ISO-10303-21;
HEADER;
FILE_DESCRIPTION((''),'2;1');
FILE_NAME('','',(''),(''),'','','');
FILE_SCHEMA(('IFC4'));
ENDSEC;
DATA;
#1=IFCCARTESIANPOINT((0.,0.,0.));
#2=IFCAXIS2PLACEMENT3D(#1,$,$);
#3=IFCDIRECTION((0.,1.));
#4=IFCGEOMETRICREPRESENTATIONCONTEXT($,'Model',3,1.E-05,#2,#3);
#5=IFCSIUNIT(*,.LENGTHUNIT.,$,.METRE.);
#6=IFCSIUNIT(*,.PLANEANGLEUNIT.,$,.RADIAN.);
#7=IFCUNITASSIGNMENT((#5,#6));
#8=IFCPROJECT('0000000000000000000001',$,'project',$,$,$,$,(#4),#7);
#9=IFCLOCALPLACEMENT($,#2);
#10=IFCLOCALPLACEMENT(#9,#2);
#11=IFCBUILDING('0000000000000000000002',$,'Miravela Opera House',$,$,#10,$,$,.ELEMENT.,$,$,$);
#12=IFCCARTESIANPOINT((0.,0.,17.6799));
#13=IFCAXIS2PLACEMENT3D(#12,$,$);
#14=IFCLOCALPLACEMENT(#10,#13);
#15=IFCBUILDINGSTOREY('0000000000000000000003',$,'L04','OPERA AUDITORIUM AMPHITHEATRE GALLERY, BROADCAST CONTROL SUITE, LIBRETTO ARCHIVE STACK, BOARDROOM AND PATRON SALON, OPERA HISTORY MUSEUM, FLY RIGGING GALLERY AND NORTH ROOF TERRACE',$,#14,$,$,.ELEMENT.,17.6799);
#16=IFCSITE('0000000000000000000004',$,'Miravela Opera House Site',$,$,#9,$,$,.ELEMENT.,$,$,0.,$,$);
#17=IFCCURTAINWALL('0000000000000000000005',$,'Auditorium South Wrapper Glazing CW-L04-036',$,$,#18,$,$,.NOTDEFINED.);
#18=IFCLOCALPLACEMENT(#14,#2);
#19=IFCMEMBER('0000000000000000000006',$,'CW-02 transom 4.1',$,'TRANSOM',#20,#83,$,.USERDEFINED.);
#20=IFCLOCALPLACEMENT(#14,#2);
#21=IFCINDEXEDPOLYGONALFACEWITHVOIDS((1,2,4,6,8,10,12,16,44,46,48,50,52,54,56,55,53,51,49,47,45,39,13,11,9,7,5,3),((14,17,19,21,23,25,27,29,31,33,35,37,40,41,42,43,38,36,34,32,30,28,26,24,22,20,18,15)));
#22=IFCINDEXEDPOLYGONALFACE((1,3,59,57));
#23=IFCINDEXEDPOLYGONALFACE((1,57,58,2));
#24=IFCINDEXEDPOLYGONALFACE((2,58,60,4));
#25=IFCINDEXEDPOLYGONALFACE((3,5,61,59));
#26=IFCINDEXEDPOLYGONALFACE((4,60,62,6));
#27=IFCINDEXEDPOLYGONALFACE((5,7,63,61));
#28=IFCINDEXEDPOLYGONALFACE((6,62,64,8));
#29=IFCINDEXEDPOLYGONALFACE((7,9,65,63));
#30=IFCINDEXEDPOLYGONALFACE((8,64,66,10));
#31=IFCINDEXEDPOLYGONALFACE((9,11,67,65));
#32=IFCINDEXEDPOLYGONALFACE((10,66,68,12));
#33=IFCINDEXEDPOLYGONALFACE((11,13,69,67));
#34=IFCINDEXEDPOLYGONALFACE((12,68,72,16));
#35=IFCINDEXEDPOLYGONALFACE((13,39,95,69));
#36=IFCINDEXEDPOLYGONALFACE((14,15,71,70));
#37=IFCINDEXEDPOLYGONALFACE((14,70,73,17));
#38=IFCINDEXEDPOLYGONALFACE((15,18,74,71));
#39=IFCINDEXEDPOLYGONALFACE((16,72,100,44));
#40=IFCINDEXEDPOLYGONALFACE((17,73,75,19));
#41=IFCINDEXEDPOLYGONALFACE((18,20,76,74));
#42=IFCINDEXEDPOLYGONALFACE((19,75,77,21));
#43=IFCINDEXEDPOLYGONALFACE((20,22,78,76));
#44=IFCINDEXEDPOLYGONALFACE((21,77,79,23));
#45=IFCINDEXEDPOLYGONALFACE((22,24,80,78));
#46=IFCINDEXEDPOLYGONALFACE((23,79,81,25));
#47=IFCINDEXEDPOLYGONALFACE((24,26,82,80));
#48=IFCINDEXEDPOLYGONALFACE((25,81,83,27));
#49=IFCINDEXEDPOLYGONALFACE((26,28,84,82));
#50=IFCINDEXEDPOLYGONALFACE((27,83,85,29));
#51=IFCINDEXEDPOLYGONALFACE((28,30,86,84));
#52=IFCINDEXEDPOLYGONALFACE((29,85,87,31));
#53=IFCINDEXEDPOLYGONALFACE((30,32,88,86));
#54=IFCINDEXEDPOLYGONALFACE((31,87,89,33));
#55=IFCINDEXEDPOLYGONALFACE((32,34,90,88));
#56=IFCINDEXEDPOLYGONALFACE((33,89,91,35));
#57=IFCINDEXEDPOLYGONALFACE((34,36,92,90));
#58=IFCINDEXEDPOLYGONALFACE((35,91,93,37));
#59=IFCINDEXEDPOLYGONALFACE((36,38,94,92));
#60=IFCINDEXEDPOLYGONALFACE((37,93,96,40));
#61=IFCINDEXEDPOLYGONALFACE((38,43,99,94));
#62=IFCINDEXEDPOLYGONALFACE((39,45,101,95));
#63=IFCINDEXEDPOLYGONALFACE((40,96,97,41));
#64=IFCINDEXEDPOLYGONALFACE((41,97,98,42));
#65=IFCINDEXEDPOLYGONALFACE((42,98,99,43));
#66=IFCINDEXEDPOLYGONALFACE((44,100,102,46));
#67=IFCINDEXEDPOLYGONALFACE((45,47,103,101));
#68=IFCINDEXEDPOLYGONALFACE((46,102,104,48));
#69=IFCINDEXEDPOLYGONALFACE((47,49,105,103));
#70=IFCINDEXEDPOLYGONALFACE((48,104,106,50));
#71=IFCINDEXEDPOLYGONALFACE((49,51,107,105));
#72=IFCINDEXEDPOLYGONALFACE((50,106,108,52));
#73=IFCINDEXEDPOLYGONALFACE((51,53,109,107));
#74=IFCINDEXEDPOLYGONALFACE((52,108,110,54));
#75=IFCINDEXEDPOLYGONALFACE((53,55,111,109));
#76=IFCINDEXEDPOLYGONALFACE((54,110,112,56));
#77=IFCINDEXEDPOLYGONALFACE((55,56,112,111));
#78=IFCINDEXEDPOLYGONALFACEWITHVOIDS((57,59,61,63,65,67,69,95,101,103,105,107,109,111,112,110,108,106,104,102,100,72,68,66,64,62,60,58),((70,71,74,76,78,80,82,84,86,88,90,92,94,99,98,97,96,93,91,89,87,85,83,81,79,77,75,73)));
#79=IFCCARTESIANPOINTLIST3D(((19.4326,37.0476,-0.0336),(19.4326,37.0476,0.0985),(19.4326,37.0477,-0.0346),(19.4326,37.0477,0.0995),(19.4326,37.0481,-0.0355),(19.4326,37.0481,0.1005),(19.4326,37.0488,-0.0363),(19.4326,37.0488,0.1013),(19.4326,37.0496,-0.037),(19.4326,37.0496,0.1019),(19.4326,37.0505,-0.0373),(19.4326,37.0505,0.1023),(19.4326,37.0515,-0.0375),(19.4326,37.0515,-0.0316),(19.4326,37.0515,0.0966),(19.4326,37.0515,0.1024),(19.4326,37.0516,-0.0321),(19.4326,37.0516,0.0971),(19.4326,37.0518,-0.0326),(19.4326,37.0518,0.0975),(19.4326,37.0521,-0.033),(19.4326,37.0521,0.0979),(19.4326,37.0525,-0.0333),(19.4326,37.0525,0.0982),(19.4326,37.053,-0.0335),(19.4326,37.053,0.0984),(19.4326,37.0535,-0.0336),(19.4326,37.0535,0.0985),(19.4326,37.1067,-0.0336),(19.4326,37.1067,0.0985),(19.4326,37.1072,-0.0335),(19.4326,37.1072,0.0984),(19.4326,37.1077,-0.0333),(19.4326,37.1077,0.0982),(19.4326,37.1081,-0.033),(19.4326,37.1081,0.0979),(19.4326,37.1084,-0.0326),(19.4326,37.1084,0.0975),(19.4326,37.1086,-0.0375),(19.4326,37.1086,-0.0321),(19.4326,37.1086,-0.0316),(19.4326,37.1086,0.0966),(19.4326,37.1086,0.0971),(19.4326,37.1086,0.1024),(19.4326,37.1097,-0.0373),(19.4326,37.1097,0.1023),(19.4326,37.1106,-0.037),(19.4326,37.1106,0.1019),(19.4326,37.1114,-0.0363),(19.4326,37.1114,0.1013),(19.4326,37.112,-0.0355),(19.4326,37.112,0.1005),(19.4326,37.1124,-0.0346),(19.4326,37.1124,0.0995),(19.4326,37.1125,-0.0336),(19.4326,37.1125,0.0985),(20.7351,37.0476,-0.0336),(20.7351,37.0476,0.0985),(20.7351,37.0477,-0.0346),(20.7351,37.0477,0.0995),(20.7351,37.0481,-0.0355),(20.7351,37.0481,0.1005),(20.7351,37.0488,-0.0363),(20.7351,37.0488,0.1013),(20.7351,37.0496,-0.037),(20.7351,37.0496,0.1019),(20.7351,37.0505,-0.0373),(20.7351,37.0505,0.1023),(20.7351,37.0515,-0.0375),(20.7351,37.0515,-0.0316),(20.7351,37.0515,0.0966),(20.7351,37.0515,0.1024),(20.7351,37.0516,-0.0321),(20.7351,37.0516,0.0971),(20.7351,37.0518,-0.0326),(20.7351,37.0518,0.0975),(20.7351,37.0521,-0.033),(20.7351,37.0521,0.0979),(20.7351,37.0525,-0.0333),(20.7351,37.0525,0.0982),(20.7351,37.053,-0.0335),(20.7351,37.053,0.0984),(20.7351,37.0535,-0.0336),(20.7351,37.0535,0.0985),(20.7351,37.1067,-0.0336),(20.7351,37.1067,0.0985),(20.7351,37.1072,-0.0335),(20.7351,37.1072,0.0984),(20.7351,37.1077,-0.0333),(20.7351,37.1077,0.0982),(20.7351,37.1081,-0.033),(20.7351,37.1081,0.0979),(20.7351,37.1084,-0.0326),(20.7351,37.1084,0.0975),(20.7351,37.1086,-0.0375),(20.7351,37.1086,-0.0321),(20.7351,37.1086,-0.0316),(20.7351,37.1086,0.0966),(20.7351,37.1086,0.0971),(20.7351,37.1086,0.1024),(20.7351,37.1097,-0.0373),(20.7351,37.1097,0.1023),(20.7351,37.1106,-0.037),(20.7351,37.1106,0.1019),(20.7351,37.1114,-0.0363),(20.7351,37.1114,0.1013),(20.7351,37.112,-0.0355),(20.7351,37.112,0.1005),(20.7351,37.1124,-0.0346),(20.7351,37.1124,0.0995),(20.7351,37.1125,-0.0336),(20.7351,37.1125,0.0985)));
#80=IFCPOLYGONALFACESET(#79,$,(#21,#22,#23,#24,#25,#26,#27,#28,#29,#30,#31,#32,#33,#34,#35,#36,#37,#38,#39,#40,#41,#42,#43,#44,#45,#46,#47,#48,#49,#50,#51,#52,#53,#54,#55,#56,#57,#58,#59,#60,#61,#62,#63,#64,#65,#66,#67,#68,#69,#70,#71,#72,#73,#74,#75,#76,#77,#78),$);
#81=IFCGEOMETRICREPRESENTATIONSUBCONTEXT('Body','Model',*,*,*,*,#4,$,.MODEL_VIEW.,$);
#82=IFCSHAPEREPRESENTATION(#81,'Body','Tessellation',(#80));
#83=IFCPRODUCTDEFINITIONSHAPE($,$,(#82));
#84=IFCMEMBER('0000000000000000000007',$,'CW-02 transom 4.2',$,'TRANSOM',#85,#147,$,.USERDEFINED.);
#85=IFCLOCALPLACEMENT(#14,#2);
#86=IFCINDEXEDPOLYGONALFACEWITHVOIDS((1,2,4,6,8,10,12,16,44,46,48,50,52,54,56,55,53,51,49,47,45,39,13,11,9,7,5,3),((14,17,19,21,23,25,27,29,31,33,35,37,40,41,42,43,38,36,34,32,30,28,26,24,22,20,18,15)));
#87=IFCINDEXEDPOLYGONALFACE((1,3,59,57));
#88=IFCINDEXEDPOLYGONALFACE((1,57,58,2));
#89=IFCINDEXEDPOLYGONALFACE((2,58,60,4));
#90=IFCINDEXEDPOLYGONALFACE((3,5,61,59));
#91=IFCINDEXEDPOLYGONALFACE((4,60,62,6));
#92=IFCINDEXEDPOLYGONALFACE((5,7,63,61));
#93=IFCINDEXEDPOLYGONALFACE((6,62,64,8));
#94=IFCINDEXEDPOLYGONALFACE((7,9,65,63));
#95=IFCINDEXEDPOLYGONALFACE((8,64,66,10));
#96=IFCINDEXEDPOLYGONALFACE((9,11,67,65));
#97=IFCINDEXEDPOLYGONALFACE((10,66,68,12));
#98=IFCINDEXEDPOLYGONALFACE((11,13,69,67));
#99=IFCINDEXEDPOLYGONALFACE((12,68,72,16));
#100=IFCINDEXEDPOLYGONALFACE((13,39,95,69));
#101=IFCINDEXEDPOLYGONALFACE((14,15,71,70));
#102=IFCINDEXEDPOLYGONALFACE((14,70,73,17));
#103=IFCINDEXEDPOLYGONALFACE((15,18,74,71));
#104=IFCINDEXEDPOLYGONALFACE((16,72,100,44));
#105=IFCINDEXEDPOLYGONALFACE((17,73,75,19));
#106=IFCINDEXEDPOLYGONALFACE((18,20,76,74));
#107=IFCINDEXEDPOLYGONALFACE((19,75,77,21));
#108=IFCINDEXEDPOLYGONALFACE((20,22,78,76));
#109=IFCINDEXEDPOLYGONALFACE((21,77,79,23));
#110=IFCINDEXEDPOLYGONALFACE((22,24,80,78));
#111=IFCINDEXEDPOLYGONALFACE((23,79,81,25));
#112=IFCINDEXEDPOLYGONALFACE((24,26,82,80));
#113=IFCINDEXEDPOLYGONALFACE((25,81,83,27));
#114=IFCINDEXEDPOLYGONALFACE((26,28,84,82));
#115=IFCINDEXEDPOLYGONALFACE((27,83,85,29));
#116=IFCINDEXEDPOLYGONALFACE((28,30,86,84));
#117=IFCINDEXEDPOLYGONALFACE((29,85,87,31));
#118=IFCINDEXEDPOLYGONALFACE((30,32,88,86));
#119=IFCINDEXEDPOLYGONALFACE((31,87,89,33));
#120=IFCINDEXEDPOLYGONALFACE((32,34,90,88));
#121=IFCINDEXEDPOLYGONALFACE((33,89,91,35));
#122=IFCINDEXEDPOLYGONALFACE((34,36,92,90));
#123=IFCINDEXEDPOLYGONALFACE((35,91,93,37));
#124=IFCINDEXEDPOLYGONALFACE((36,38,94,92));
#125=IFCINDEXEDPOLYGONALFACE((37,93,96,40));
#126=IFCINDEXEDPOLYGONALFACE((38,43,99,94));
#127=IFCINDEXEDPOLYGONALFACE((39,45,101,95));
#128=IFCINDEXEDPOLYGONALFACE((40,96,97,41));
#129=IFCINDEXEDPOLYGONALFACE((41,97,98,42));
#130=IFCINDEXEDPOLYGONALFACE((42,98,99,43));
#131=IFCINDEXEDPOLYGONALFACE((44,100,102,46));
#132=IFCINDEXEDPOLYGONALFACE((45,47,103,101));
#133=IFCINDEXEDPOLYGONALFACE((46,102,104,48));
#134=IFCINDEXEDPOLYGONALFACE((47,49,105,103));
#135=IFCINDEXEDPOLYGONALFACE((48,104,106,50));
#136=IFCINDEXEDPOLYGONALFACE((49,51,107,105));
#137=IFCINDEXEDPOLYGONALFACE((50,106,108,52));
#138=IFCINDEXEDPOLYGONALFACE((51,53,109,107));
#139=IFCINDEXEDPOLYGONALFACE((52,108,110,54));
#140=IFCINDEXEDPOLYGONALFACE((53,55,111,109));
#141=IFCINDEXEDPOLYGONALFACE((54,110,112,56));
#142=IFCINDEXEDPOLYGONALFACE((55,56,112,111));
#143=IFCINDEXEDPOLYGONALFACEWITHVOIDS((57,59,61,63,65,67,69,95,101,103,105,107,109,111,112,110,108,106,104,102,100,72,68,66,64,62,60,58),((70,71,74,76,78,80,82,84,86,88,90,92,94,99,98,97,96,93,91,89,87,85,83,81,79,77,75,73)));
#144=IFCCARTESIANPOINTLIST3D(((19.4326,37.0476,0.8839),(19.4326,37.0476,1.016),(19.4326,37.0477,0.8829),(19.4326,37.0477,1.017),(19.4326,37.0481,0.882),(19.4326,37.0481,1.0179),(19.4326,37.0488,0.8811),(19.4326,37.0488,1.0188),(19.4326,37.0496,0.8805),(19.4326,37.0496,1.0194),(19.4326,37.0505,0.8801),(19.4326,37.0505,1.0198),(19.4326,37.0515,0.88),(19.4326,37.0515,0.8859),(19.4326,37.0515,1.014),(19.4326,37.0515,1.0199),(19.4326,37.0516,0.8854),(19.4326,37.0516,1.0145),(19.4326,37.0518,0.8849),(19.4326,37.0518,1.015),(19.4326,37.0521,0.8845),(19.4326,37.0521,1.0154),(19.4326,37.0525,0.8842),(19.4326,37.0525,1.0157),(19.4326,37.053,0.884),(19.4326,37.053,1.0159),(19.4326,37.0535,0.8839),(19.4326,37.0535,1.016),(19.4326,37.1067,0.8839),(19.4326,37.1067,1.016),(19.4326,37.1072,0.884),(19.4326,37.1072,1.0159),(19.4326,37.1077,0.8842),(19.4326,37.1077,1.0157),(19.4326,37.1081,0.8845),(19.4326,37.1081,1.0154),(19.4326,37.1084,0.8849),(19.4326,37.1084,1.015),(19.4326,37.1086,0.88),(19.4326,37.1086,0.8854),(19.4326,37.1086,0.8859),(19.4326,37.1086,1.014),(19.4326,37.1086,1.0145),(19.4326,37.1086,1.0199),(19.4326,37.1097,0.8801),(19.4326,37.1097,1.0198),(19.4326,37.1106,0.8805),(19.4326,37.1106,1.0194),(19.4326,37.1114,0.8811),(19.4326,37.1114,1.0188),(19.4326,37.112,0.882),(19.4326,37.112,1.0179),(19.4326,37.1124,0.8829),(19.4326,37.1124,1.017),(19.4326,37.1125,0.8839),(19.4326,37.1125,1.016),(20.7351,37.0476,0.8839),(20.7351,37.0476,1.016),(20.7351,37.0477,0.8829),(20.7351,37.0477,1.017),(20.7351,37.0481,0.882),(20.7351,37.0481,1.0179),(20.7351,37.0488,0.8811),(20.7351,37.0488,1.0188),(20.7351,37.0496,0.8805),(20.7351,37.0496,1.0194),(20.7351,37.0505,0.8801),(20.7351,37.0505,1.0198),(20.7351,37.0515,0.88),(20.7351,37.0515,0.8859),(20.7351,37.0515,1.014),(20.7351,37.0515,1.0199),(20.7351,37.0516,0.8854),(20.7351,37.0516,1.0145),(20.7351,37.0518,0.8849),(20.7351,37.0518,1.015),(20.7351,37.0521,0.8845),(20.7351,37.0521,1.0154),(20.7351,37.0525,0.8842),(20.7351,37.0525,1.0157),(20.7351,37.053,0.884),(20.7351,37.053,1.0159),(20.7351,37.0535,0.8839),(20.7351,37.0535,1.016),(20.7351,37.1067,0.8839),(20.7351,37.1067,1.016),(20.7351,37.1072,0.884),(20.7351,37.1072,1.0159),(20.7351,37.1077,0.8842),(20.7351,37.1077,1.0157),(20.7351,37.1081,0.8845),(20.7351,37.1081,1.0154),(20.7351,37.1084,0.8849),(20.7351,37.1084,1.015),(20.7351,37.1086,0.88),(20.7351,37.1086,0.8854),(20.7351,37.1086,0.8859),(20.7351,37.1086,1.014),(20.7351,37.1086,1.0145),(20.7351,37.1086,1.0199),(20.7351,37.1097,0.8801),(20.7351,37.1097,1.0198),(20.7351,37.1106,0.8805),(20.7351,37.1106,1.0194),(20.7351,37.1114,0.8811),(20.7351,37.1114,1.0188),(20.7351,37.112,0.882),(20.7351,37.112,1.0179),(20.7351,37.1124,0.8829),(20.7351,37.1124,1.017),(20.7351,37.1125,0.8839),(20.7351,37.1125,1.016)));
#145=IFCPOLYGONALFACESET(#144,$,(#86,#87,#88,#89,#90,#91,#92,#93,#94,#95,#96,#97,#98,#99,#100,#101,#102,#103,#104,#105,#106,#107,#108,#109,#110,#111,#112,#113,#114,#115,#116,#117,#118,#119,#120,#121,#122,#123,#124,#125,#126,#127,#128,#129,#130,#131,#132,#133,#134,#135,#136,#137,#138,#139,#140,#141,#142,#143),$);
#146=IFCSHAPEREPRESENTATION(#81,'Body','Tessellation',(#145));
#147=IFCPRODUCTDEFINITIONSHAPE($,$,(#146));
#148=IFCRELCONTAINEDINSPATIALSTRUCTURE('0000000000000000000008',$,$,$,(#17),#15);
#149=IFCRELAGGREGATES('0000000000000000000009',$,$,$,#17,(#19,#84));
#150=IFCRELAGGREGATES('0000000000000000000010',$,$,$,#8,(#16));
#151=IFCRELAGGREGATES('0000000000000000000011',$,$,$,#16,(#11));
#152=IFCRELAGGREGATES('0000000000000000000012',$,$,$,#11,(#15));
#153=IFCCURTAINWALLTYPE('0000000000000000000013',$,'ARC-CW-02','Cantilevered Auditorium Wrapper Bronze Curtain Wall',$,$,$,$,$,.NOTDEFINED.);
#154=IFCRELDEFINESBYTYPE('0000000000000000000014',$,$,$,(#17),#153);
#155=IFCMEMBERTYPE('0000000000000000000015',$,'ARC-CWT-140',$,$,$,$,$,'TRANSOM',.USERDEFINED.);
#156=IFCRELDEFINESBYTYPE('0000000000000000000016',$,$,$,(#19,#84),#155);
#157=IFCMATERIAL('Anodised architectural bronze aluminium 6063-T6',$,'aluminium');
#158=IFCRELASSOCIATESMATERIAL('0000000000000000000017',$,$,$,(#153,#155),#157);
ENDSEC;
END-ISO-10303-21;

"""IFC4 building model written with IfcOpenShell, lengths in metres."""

from ifc_helpers import new_model, si_unit, direction, frame, origin, origin_2d, place, context, subcontext, project, spatial, hollow_rectangle, extrude, material, material_profile, profile_set, type_object, element, aggregate, save


model = new_model("IFC4")

# Units and contexts
model_context = context("Model", 3, precision=1e-05, world=origin(), true_north=direction((0.0, 1.0)))
body_context = subcontext(model_context, "Body", "Model", "MODEL_VIEW")
ifc_project = project(units=[si_unit("LENGTHUNIT", "METRE"), si_unit("PLANEANGLEUNIT", "RADIAN")], contexts=[model_context])

# Site, building, storey
site_placement = place(None, origin())
site = spatial("IfcSite", under=ifc_project, at=site_placement, Name="Miravela Opera House Site", CompositionType="ELEMENT", RefElevation=0.0)
building_placement = place(site_placement, origin())
building = spatial("IfcBuilding", under=site, at=building_placement, Name="Miravela Opera House", CompositionType="ELEMENT")
storey_placement = place(building_placement, frame((0.0, 0.0, 17.6799)))
storey = spatial("IfcBuildingStorey", under=building, at=storey_placement, Name="L04", Description="OPERA AUDITORIUM AMPHITHEATRE GALLERY, BROADCAST CONTROL SUITE, LIBRETTO ARCHIVE STACK, BOARDROOM AND PATRON SALON, OPERA HISTORY MUSEUM, FLY RIGGING GALLERY AND NORTH ROOF TERRACE", CompositionType="ELEMENT", Elevation=17.6799)

# Curtain wall
ifc_material_1 = material(Name="Anodised architectural bronze aluminium 6063-T6", Category="aluminium")
curtain_wall_type = type_object("IfcCurtainWallType", Name="ARC-CW-02", Description="Cantilevered Auditorium Wrapper Bronze Curtain Wall", PredefinedType="NOTDEFINED", material=ifc_material_1)
curtain_wall_1_placement = place(storey_placement, origin())
curtain_wall_1 = element("IfcCurtainWall", 1, at=curtain_wall_1_placement, inside=storey, type_object=curtain_wall_type, Name="Auditorium South Wrapper Glazing CW-L04-036", PredefinedType="NOTDEFINED")

# Members
ifc_material_profile_1 = material_profile(ifc_material_1, hollow_rectangle(XDim=0.0649, YDim=0.1399, WallThickness=0.0039, InnerFilletRadius=0.002, OuterFilletRadius=0.0039, at=origin_2d()), Name="CWT-65X140")
ifc_profile_set_1 = profile_set([ifc_material_profile_1])
member_type_1 = type_object("IfcMemberType", Name="ARC-CWT-140", ElementType="TRANSOM", PredefinedType="USERDEFINED", material=ifc_profile_set_1)
member_1_placement = place(storey_placement, frame((19.4326, 37.0801, 0.0325), z_axis=(1.0, 0.0, 0.0), x_axis=(0.0, 1.0, 0.0)))
member_1 = element("IfcMember", 2, at=member_1_placement, type_object=member_type_1, Name="CW-02 transom 4.1", ObjectType="TRANSOM", PredefinedType="USERDEFINED", context=body_context, shape_type="SweptSolid", body=[
    extrude(hollow_rectangle(XDim=0.0649, YDim=0.1399, WallThickness=0.0039, InnerFilletRadius=0.002, OuterFilletRadius=0.0039, at=origin_2d()), origin(), (0.0, 0.0, 1.0), 1.3025),
])
member_2_placement = place(storey_placement, frame((19.4326, 37.0801, 0.95), z_axis=(1.0, 0.0, 0.0), x_axis=(0.0, 1.0, 0.0)))
member_2 = element("IfcMember", 3, at=member_2_placement, type_object=member_type_1, Name="CW-02 transom 4.2", ObjectType="TRANSOM", PredefinedType="USERDEFINED", context=body_context, shape_type="SweptSolid", body=[
    extrude(hollow_rectangle(XDim=0.0649, YDim=0.1399, WallThickness=0.0039, InnerFilletRadius=0.002, OuterFilletRadius=0.0039, at=origin_2d()), origin(), (0.0, 0.0, 1.0), 1.3025),
])

aggregate(curtain_wall_1, [member_1, member_2])

save(model, "model.ifc")
